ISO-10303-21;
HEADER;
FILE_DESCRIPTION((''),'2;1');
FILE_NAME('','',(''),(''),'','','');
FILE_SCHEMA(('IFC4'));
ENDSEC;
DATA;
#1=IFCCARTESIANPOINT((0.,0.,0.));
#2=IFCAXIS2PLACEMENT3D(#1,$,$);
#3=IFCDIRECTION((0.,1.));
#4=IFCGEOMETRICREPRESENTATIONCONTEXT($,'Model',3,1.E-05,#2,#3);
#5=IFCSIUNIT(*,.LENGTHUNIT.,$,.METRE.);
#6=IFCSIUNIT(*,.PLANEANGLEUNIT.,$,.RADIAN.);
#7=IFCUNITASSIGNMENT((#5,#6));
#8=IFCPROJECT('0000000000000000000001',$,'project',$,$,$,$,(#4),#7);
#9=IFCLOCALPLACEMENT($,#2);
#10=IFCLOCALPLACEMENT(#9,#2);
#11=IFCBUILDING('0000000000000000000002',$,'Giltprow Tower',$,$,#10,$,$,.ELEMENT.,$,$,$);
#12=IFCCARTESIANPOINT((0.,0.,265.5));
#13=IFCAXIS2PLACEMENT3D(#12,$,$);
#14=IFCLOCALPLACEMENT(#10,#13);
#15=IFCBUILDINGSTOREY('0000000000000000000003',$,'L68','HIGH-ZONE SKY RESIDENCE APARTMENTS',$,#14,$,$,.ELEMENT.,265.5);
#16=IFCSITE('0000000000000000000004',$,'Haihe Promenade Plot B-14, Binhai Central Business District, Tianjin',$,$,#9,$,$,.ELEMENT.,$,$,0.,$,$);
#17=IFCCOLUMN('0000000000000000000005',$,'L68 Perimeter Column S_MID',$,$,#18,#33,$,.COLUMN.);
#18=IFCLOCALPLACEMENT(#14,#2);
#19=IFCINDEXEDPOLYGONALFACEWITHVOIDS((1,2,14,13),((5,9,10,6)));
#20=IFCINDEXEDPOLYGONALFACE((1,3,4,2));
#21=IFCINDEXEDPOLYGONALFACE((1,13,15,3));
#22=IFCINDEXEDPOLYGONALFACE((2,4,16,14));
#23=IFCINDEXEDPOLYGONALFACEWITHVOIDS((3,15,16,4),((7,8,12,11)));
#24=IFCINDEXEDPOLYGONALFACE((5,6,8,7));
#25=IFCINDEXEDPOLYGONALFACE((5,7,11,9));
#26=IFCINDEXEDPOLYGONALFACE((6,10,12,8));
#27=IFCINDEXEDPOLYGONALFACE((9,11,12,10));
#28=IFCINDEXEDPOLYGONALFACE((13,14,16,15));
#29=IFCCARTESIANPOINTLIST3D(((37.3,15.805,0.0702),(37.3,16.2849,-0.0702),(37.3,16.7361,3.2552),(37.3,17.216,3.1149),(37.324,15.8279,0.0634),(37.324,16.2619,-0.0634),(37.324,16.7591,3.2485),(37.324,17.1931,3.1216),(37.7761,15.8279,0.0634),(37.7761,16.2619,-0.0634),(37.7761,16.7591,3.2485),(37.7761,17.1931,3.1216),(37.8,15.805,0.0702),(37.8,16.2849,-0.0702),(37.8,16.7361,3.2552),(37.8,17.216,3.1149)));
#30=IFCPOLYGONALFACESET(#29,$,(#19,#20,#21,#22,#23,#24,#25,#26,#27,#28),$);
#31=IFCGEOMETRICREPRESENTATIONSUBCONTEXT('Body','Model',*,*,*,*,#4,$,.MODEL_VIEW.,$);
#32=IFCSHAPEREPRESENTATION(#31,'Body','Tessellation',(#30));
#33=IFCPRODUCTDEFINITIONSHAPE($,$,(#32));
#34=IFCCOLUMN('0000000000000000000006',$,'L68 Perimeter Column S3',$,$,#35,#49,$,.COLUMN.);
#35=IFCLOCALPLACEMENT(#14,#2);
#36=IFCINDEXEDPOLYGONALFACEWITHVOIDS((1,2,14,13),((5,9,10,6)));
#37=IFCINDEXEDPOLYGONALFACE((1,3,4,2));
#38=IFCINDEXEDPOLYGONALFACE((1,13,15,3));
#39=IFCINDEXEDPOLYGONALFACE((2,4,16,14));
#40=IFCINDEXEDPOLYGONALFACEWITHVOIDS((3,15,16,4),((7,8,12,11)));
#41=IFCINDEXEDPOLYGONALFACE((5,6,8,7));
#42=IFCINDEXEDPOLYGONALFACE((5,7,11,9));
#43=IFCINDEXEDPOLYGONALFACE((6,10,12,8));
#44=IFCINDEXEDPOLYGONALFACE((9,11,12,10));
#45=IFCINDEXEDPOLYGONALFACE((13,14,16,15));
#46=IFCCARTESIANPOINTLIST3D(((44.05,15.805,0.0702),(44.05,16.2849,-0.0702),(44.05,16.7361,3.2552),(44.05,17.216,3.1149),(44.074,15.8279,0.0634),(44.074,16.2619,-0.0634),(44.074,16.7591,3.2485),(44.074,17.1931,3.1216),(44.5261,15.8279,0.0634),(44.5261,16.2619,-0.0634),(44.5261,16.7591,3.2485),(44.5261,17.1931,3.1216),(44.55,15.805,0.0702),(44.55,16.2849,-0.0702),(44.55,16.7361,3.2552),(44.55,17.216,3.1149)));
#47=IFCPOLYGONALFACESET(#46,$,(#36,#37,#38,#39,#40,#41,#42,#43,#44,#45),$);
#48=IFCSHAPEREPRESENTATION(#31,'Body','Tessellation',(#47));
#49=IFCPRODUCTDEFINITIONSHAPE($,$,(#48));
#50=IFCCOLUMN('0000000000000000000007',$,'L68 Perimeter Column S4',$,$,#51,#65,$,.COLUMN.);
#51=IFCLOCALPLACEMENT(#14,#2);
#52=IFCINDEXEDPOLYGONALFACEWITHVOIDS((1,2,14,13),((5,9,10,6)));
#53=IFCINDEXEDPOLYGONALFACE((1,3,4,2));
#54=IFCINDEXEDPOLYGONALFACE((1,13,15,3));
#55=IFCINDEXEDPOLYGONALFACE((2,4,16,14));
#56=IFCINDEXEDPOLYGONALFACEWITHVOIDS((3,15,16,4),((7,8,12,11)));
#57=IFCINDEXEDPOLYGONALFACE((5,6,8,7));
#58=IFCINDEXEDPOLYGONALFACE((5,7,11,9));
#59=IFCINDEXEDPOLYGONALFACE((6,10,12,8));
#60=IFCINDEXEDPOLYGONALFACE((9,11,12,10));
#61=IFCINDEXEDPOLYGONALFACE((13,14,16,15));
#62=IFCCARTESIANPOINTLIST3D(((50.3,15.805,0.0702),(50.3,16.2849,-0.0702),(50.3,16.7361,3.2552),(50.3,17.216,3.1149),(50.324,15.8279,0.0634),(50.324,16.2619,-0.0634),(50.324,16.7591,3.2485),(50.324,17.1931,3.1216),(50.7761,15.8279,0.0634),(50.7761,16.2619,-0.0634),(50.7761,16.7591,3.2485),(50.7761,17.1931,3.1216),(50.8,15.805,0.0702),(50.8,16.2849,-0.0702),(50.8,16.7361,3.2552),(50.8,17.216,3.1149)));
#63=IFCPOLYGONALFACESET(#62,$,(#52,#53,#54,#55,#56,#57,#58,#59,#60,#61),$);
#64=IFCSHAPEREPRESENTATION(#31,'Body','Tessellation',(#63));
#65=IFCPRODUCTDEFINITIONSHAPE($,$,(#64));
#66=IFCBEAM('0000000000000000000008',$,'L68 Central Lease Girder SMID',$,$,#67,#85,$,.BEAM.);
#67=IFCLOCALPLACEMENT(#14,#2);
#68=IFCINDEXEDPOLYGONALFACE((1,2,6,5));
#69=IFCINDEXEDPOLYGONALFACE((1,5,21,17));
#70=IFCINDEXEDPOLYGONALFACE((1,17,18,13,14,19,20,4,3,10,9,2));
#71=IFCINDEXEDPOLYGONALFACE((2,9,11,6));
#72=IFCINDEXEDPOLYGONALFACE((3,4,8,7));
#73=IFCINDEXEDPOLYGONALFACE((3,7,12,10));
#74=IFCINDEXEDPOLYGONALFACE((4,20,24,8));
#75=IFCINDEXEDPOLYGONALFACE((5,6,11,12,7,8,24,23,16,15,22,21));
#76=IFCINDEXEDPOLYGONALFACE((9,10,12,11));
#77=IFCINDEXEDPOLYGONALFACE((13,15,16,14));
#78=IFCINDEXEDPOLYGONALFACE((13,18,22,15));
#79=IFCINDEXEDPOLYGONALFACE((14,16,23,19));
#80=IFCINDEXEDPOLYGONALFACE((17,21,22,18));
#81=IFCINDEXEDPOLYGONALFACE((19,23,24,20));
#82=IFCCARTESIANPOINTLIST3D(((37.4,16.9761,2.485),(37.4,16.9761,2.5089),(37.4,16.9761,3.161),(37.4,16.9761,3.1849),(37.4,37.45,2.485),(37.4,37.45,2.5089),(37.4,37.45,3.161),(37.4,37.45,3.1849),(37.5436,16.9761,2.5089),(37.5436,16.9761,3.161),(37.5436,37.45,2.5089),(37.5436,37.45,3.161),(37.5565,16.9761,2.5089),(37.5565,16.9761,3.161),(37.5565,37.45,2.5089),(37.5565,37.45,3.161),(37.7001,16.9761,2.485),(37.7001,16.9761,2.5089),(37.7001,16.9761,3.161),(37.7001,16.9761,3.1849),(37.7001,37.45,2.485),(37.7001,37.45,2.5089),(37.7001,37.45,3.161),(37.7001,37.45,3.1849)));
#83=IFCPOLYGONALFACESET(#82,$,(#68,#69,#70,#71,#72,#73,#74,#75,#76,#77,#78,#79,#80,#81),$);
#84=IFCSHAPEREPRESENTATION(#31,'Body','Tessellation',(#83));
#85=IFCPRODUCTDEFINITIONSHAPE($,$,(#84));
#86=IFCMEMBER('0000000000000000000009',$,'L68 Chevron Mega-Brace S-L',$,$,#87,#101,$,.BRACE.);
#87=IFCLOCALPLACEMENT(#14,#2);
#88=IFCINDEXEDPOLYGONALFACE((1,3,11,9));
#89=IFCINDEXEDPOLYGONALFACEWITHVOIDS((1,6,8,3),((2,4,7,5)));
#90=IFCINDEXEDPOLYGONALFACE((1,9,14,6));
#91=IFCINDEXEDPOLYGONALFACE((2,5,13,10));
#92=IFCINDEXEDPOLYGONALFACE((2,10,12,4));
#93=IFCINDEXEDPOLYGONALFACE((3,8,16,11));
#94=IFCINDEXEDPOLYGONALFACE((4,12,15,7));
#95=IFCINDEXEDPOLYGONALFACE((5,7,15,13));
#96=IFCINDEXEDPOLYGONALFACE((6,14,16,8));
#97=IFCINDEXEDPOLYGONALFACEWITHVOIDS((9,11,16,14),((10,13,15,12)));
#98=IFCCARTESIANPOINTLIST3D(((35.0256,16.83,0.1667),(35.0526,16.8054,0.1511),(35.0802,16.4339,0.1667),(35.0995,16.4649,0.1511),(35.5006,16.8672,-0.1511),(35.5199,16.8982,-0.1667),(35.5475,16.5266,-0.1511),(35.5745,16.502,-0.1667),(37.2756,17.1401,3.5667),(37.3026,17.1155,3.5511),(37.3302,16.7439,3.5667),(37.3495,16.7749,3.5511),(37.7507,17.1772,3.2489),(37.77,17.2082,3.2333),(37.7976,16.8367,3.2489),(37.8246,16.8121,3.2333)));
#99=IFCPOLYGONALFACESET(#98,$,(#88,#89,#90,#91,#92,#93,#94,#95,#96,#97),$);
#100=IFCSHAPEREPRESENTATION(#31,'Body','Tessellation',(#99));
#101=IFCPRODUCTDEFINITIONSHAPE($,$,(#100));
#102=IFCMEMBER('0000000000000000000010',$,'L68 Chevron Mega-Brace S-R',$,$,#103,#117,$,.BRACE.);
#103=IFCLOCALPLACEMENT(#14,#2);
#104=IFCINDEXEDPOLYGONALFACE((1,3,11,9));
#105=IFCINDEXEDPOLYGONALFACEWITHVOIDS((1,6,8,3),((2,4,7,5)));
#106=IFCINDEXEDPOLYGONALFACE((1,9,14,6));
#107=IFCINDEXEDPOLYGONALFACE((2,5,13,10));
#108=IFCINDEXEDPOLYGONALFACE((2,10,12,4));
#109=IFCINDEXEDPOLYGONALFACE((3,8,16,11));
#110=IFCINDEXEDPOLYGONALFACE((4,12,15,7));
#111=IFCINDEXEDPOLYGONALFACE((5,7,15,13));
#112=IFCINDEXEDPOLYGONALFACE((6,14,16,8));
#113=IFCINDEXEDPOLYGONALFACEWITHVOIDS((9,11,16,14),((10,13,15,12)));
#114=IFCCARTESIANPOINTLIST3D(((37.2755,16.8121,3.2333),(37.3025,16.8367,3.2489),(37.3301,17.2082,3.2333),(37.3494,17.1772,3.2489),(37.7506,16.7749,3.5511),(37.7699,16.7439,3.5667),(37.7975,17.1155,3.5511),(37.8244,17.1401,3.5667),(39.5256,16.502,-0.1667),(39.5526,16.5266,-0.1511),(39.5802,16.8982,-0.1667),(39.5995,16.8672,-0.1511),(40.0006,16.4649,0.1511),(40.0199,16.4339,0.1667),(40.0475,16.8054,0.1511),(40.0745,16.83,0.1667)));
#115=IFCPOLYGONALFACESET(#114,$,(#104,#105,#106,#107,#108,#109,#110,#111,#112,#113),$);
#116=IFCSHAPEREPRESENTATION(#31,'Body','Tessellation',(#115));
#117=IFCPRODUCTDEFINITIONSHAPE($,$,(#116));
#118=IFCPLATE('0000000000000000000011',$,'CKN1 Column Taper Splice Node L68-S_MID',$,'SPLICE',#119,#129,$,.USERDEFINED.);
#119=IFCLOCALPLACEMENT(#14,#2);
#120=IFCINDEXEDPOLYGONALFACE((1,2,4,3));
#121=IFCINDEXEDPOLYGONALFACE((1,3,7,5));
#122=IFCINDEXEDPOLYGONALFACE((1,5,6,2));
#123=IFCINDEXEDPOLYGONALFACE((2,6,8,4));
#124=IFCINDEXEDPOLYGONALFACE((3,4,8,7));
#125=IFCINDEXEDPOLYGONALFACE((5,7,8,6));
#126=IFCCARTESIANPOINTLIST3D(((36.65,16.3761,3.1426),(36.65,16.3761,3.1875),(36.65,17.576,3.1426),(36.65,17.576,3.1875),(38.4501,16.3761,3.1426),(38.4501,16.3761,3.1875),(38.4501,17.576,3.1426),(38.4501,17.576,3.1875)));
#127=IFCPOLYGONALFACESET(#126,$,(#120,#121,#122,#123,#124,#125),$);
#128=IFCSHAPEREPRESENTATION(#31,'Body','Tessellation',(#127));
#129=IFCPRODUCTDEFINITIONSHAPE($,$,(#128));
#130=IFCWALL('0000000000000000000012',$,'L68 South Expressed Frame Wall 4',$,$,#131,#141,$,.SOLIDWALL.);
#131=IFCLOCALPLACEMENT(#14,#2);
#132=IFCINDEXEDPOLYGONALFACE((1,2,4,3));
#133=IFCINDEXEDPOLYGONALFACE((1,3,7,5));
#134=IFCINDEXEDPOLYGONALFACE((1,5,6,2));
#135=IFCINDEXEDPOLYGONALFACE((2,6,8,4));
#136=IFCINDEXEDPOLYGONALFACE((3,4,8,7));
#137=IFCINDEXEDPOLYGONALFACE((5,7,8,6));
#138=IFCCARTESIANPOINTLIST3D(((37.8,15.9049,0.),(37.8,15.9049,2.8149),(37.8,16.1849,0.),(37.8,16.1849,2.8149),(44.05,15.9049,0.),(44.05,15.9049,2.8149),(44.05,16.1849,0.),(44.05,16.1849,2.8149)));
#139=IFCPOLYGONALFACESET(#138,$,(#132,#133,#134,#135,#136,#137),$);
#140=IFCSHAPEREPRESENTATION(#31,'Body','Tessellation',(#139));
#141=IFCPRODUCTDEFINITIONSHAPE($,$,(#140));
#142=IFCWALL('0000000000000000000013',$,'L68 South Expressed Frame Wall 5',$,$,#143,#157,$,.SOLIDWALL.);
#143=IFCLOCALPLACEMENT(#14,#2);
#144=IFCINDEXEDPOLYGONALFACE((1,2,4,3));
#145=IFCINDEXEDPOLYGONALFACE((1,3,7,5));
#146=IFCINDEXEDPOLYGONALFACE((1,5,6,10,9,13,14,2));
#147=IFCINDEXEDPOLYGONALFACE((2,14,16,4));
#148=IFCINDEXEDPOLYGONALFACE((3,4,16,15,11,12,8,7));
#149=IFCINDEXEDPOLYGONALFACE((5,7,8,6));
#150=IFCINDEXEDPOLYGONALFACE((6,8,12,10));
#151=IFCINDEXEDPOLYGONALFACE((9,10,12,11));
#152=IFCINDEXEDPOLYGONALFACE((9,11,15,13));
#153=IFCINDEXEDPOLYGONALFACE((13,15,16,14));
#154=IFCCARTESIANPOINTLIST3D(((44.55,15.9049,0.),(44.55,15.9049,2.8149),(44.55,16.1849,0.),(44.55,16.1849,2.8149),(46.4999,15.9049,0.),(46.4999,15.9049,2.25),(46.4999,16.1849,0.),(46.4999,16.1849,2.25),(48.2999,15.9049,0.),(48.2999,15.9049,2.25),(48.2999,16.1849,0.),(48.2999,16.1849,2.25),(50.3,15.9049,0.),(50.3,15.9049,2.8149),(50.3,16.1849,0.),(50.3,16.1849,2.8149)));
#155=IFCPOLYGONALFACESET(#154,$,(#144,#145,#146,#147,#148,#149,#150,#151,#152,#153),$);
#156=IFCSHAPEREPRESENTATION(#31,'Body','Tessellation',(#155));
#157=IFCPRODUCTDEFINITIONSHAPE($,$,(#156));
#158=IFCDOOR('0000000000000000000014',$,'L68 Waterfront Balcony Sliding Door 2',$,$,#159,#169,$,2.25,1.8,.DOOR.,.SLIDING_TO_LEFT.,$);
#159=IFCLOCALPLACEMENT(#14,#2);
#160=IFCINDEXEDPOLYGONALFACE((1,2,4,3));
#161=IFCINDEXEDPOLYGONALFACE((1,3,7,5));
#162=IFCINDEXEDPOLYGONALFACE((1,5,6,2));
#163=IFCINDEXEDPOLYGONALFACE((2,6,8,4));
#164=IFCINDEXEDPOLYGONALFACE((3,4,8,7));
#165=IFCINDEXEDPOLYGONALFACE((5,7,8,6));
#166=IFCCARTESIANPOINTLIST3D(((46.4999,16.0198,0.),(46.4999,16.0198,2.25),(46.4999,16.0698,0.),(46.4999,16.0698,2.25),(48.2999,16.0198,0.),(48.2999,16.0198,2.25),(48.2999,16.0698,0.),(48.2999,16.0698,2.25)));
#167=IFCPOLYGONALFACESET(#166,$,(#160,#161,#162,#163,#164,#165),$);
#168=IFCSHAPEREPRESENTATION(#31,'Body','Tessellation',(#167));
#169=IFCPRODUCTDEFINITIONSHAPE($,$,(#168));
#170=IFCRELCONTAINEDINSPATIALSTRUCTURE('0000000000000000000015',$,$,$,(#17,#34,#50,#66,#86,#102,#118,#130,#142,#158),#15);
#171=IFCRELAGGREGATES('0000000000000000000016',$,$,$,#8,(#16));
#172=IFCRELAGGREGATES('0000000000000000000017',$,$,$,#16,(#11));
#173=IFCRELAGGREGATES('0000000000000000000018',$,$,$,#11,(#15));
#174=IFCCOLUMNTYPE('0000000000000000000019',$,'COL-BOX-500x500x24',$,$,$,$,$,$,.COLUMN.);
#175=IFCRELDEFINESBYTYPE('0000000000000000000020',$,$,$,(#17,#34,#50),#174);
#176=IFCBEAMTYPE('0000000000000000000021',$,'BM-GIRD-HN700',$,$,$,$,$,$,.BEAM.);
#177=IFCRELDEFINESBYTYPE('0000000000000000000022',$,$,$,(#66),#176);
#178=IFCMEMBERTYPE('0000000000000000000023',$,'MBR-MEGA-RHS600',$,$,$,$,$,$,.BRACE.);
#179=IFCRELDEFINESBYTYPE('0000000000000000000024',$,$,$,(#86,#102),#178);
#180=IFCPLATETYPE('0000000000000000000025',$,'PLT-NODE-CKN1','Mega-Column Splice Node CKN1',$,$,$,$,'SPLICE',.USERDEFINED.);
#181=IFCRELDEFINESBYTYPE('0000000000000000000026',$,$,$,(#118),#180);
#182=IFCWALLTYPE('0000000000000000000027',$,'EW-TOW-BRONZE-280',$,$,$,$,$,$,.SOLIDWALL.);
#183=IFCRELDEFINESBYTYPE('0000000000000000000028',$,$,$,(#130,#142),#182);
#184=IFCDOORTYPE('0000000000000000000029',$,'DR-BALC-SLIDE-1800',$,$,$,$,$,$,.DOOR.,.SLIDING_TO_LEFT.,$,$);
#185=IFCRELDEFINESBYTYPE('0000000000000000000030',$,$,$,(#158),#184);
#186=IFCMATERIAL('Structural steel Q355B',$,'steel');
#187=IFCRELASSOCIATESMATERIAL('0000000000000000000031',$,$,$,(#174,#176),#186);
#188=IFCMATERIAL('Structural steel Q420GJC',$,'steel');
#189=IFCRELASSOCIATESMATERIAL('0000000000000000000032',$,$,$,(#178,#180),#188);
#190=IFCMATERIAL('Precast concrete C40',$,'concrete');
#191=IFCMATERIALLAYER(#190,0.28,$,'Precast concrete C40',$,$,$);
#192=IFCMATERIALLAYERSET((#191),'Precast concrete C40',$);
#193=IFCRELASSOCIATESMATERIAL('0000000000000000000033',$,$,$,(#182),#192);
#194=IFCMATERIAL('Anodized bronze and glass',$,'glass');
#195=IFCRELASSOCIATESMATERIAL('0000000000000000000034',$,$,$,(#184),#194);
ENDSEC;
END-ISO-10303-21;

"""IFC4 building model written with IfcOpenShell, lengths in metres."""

from ifc_helpers import new_model, si_unit, direction, frame, frame_2d, origin, origin_2d, place, context, subcontext, project, spatial, rectangle, hollow_rectangle, i_section, extrude, source, transform, mapped, material, layer, layer_set, material_profile, profile_set, type_object, element, fill, save


model = new_model("IFC4")

# Units and contexts
model_context = context("Model", 3, precision=1e-05, world=origin(), true_north=direction((0.0, 1.0)))
body_context = subcontext(model_context, "Body", "Model", "MODEL_VIEW")
ifc_project = project(units=[si_unit("LENGTHUNIT", "METRE"), si_unit("PLANEANGLEUNIT", "RADIAN")], contexts=[model_context])

# Site, building, storey
site_placement = place(None, origin())
site = spatial("IfcSite", under=ifc_project, at=site_placement, Name="Haihe Promenade Plot B-14, Binhai Central Business District, Tianjin", CompositionType="ELEMENT", RefElevation=0.0)
building_placement = place(site_placement, origin())
building = spatial("IfcBuilding", under=site, at=building_placement, Name="Giltprow Tower", CompositionType="ELEMENT")
storey_placement = place(building_placement, frame((0.0, 0.0, 265.5)))
storey = spatial("IfcBuildingStorey", under=building, at=storey_placement, Name="L68", Description="HIGH-ZONE SKY RESIDENCE APARTMENTS", CompositionType="ELEMENT", Elevation=265.5)

# Columns
ifc_material_1 = material(Name="Structural steel Q355B", Category="steel")
ifc_material_profile_1 = material_profile(ifc_material_1, hollow_rectangle(XDim=0.5, YDim=0.5, WallThickness=0.0239, at=origin_2d()), Name="BOX 500x500x24")
ifc_profile_set_1 = profile_set([ifc_material_profile_1], Name="Structural steel Q355B")
column_type = type_object("IfcColumnType", Name="COL-BOX-500x500x24", PredefinedType="COLUMN", material=ifc_profile_set_1)
shared_shape_1 = source(origin(), body_context, "Body", "SweptSolid", [
    extrude(hollow_rectangle(XDim=0.5, YDim=0.5, WallThickness=0.0239, at=origin_2d()), origin(), (0.0, 0.0, 1.0), 3.3184),
])
for number, where, z_axis, x_axis, name in (
    (1, (37.55, 16.0449, 0.0), (0.0, 0.280605, 0.959823), (-1.0, 0.0, 0.0), "L68 Perimeter Column S_MID"),
    (2, (44.3, 16.0449, 0.0), (0.0, 0.280605, 0.959823), (-1.0, 0.0, 0.0), "L68 Perimeter Column S3"),
    (3, (50.55, 16.0449, 0.0), (0.0, 0.280605, 0.959823), (-1.0, 0.0, 0.0), "L68 Perimeter Column S4"),
):
    element("IfcColumn", number, at=place(storey_placement, frame(where, z_axis=z_axis, x_axis=x_axis)), inside=storey, type_object=column_type, Name=name, PredefinedType="COLUMN", context=body_context, shape_type="MappedRepresentation", body=[
        mapped(shared_shape_1, transform((0.0, 0.0, 0.0), x_axis=(1.0, 0.0, 0.0), y_axis=(0.0, 1.0, 0.0), z_axis=(0.0, 0.0, 1.0), scale=1.0)),
    ])

# Beam
ifc_material_profile_2 = material_profile(ifc_material_1, i_section(OverallWidth=0.3, OverallDepth=0.7, WebThickness=0.0129, FlangeThickness=0.0239, at=origin_2d()), Name="HN 700x300x13x24")
ifc_profile_set_2 = profile_set([ifc_material_profile_2], Name="Structural steel Q355B")
beam_type = type_object("IfcBeamType", Name="BM-GIRD-HN700", PredefinedType="BEAM", material=ifc_profile_set_2)
shared_shape_2 = source(origin(), body_context, "Body", "SweptSolid", [
    extrude(i_section(OverallWidth=0.3, OverallDepth=0.7, WebThickness=0.0129, FlangeThickness=0.0239, at=origin_2d()), origin(), (0.0, 0.0, 1.0), 20.4739),
])
beam_placement = place(storey_placement, frame((37.55, 16.9761, 2.835), z_axis=(0.0, 1.0, 0.0), x_axis=(-1.0, 0.0, 0.0)))
element("IfcBeam", 4, at=beam_placement, inside=storey, type_object=beam_type, Name="L68 Central Lease Girder SMID", PredefinedType="BEAM", context=body_context, shape_type="MappedRepresentation", body=[
    mapped(shared_shape_2, transform((0.0, 0.0, 0.0), x_axis=(1.0, 0.0, 0.0), y_axis=(0.0, 1.0, 0.0), z_axis=(0.0, 0.0, 1.0), scale=1.0)),
])

# Members
ifc_material_2 = material(Name="Structural steel Q420GJC", Category="steel")
ifc_material_profile_3 = material_profile(ifc_material_2, hollow_rectangle(XDim=0.3999, YDim=0.6001, WallThickness=0.0281, at=origin_2d()), Name="RHS 600x400x28")
ifc_profile_set_3 = profile_set([ifc_material_profile_3], Name="Structural steel Q420GJC")
member_type = type_object("IfcMemberType", Name="MBR-MEGA-RHS600", PredefinedType="BRACE", material=ifc_profile_set_3)
shared_shape_3 = source(origin(), body_context, "Body", "SweptSolid", [
    extrude(hollow_rectangle(XDim=0.3999, YDim=0.6001, WallThickness=0.0281, at=origin_2d()), origin(), (0.0, 0.0, 1.0), 4.0889),
])
for number, where, z_axis, x_axis, name in (
    (5, (35.3, 16.666, 0.0), (0.550289, 0.075832, 0.831524), (-0.136514, 0.990638, 0.0), "L68 Chevron Mega-Brace S-L"),
    (6, (39.8, 16.666, 0.0), (-0.550289, 0.075832, 0.831524), (-0.136514, -0.990638, 0.0), "L68 Chevron Mega-Brace S-R"),
):
    element("IfcMember", number, at=place(storey_placement, frame(where, z_axis=z_axis, x_axis=x_axis)), inside=storey, type_object=member_type, Name=name, PredefinedType="BRACE", context=body_context, shape_type="MappedRepresentation", body=[
        mapped(shared_shape_3, transform((0.0, 0.0, 0.0), x_axis=(1.0, 0.0, 0.0), y_axis=(0.0, 1.0, 0.0), z_axis=(0.0, 0.0, 1.0), scale=1.0)),
    ])

# Plate
plate_type = type_object("IfcPlateType", Name="PLT-NODE-CKN1", Description="Mega-Column Splice Node CKN1", ElementType="SPLICE", PredefinedType="USERDEFINED", material=ifc_material_2)
shared_shape_4 = source(origin(), body_context, "Body", "SweptSolid", [
    extrude(rectangle(XDim=1.8, YDim=1.2, at=origin_2d()), origin(), (0.0, 0.0, 1.0), 0.0449),
])
plate_placement = place(storey_placement, frame((37.55, 16.9761, 3.1426), z_axis=(0.0, 0.0, 1.0), x_axis=(1.0, 0.0, 0.0)))
element("IfcPlate", 7, at=plate_placement, inside=storey, type_object=plate_type, Name="CKN1 Column Taper Splice Node L68-S_MID", ObjectType="SPLICE", PredefinedType="USERDEFINED", context=body_context, shape_type="MappedRepresentation", body=[
    mapped(shared_shape_4, transform((0.0, 0.0, 0.0), x_axis=(1.0, 0.0, 0.0), y_axis=(0.0, 1.0, 0.0), z_axis=(0.0, 0.0, 1.0), scale=1.0)),
])

# Wall
ifc_material_3 = material(Name="Precast concrete C40", Category="concrete")
ifc_layer_1 = layer(ifc_material_3, 0.28, Name="Precast concrete C40")
ifc_layer_set_1 = layer_set([ifc_layer_1], Name="Precast concrete C40")
wall_type_1 = type_object("IfcWallType", Name="EW-TOW-BRONZE-280", PredefinedType="SOLIDWALL", material=ifc_layer_set_1)
wall_1_placement = place(storey_placement, frame((37.8, 16.0449, 0.0), z_axis=(0.0, 0.0, 1.0), x_axis=(1.0, 0.0, 0.0)))
element("IfcWall", 8, at=wall_1_placement, inside=storey, type_object=wall_type_1, Name="L68 South Expressed Frame Wall 4", PredefinedType="SOLIDWALL", context=body_context, shape_type="SweptSolid", body=[
    extrude(rectangle(XDim=6.25, YDim=0.28, at=frame_2d((3.125, 0.0))), origin(), (0.0, 0.0, 1.0), 2.8149),
])

# Wall, opening, door
wall_2_placement = place(storey_placement, frame((44.55, 16.0449, 0.0), z_axis=(0.0, 0.0, 1.0), x_axis=(1.0, 0.0, 0.0)))
wall_2 = element("IfcWall", 9, at=wall_2_placement, inside=storey, type_object=wall_type_1, Name="L68 South Expressed Frame Wall 5", PredefinedType="SOLIDWALL", context=body_context, shape_type="SweptSolid", body=[
    extrude(rectangle(XDim=5.75, YDim=0.28, at=frame_2d((2.875, 0.0))), origin(), (0.0, 0.0, 1.0), 2.8149),
])
opening_1_placement = place(wall_2_placement, frame((1.95, 0.0, 0.0)))
opening_1 = element("IfcOpeningElement", 10, at=opening_1_placement, cuts=wall_2, PredefinedType="OPENING", context=body_context, shape_type="SweptSolid", body=[
    extrude(rectangle(XDim=1.8, YDim=2.25, at=frame_2d((0.8999, 1.125))), frame((0.0, 0.1499, 0.0), z_axis=(0.0, -1.0, 0.0), x_axis=(1.0, 0.0, 0.0)), (0.0, 0.0, 1.0), 0.3),
])
ifc_material_4 = material(Name="Anodized bronze and glass", Category="glass")
door_type_1 = type_object("IfcDoorType", Name="DR-BALC-SLIDE-1800", OperationType="SLIDING_TO_LEFT", PredefinedType="DOOR", material=ifc_material_4)
shared_shape_5 = source(origin(), body_context, "Body", "SweptSolid", [
    extrude(rectangle(XDim=1.8, YDim=2.25, at=frame_2d((0.8999, 1.125))), frame((0.0, 0.0249, 0.0), z_axis=(0.0, -1.0, 0.0), x_axis=(1.0, 0.0, 0.0)), (0.0, 0.0, 1.0), 0.05),
])
door_1_placement = place(opening_1_placement, origin())
door_1 = element("IfcDoor", 11, at=door_1_placement, inside=storey, type_object=door_type_1, Name="L68 Waterfront Balcony Sliding Door 2", OperationType="SLIDING_TO_LEFT", OverallHeight=2.25, OverallWidth=1.8, PredefinedType="DOOR", context=body_context, shape_type="MappedRepresentation", body=[
    mapped(shared_shape_5, transform((0.0, 0.0, 0.0), x_axis=(1.0, 0.0, 0.0), y_axis=(0.0, 1.0, 0.0), z_axis=(0.0, 0.0, 1.0), scale=1.0)),
])
fill(opening_1, door_1)

save(model, "model.ifc")
